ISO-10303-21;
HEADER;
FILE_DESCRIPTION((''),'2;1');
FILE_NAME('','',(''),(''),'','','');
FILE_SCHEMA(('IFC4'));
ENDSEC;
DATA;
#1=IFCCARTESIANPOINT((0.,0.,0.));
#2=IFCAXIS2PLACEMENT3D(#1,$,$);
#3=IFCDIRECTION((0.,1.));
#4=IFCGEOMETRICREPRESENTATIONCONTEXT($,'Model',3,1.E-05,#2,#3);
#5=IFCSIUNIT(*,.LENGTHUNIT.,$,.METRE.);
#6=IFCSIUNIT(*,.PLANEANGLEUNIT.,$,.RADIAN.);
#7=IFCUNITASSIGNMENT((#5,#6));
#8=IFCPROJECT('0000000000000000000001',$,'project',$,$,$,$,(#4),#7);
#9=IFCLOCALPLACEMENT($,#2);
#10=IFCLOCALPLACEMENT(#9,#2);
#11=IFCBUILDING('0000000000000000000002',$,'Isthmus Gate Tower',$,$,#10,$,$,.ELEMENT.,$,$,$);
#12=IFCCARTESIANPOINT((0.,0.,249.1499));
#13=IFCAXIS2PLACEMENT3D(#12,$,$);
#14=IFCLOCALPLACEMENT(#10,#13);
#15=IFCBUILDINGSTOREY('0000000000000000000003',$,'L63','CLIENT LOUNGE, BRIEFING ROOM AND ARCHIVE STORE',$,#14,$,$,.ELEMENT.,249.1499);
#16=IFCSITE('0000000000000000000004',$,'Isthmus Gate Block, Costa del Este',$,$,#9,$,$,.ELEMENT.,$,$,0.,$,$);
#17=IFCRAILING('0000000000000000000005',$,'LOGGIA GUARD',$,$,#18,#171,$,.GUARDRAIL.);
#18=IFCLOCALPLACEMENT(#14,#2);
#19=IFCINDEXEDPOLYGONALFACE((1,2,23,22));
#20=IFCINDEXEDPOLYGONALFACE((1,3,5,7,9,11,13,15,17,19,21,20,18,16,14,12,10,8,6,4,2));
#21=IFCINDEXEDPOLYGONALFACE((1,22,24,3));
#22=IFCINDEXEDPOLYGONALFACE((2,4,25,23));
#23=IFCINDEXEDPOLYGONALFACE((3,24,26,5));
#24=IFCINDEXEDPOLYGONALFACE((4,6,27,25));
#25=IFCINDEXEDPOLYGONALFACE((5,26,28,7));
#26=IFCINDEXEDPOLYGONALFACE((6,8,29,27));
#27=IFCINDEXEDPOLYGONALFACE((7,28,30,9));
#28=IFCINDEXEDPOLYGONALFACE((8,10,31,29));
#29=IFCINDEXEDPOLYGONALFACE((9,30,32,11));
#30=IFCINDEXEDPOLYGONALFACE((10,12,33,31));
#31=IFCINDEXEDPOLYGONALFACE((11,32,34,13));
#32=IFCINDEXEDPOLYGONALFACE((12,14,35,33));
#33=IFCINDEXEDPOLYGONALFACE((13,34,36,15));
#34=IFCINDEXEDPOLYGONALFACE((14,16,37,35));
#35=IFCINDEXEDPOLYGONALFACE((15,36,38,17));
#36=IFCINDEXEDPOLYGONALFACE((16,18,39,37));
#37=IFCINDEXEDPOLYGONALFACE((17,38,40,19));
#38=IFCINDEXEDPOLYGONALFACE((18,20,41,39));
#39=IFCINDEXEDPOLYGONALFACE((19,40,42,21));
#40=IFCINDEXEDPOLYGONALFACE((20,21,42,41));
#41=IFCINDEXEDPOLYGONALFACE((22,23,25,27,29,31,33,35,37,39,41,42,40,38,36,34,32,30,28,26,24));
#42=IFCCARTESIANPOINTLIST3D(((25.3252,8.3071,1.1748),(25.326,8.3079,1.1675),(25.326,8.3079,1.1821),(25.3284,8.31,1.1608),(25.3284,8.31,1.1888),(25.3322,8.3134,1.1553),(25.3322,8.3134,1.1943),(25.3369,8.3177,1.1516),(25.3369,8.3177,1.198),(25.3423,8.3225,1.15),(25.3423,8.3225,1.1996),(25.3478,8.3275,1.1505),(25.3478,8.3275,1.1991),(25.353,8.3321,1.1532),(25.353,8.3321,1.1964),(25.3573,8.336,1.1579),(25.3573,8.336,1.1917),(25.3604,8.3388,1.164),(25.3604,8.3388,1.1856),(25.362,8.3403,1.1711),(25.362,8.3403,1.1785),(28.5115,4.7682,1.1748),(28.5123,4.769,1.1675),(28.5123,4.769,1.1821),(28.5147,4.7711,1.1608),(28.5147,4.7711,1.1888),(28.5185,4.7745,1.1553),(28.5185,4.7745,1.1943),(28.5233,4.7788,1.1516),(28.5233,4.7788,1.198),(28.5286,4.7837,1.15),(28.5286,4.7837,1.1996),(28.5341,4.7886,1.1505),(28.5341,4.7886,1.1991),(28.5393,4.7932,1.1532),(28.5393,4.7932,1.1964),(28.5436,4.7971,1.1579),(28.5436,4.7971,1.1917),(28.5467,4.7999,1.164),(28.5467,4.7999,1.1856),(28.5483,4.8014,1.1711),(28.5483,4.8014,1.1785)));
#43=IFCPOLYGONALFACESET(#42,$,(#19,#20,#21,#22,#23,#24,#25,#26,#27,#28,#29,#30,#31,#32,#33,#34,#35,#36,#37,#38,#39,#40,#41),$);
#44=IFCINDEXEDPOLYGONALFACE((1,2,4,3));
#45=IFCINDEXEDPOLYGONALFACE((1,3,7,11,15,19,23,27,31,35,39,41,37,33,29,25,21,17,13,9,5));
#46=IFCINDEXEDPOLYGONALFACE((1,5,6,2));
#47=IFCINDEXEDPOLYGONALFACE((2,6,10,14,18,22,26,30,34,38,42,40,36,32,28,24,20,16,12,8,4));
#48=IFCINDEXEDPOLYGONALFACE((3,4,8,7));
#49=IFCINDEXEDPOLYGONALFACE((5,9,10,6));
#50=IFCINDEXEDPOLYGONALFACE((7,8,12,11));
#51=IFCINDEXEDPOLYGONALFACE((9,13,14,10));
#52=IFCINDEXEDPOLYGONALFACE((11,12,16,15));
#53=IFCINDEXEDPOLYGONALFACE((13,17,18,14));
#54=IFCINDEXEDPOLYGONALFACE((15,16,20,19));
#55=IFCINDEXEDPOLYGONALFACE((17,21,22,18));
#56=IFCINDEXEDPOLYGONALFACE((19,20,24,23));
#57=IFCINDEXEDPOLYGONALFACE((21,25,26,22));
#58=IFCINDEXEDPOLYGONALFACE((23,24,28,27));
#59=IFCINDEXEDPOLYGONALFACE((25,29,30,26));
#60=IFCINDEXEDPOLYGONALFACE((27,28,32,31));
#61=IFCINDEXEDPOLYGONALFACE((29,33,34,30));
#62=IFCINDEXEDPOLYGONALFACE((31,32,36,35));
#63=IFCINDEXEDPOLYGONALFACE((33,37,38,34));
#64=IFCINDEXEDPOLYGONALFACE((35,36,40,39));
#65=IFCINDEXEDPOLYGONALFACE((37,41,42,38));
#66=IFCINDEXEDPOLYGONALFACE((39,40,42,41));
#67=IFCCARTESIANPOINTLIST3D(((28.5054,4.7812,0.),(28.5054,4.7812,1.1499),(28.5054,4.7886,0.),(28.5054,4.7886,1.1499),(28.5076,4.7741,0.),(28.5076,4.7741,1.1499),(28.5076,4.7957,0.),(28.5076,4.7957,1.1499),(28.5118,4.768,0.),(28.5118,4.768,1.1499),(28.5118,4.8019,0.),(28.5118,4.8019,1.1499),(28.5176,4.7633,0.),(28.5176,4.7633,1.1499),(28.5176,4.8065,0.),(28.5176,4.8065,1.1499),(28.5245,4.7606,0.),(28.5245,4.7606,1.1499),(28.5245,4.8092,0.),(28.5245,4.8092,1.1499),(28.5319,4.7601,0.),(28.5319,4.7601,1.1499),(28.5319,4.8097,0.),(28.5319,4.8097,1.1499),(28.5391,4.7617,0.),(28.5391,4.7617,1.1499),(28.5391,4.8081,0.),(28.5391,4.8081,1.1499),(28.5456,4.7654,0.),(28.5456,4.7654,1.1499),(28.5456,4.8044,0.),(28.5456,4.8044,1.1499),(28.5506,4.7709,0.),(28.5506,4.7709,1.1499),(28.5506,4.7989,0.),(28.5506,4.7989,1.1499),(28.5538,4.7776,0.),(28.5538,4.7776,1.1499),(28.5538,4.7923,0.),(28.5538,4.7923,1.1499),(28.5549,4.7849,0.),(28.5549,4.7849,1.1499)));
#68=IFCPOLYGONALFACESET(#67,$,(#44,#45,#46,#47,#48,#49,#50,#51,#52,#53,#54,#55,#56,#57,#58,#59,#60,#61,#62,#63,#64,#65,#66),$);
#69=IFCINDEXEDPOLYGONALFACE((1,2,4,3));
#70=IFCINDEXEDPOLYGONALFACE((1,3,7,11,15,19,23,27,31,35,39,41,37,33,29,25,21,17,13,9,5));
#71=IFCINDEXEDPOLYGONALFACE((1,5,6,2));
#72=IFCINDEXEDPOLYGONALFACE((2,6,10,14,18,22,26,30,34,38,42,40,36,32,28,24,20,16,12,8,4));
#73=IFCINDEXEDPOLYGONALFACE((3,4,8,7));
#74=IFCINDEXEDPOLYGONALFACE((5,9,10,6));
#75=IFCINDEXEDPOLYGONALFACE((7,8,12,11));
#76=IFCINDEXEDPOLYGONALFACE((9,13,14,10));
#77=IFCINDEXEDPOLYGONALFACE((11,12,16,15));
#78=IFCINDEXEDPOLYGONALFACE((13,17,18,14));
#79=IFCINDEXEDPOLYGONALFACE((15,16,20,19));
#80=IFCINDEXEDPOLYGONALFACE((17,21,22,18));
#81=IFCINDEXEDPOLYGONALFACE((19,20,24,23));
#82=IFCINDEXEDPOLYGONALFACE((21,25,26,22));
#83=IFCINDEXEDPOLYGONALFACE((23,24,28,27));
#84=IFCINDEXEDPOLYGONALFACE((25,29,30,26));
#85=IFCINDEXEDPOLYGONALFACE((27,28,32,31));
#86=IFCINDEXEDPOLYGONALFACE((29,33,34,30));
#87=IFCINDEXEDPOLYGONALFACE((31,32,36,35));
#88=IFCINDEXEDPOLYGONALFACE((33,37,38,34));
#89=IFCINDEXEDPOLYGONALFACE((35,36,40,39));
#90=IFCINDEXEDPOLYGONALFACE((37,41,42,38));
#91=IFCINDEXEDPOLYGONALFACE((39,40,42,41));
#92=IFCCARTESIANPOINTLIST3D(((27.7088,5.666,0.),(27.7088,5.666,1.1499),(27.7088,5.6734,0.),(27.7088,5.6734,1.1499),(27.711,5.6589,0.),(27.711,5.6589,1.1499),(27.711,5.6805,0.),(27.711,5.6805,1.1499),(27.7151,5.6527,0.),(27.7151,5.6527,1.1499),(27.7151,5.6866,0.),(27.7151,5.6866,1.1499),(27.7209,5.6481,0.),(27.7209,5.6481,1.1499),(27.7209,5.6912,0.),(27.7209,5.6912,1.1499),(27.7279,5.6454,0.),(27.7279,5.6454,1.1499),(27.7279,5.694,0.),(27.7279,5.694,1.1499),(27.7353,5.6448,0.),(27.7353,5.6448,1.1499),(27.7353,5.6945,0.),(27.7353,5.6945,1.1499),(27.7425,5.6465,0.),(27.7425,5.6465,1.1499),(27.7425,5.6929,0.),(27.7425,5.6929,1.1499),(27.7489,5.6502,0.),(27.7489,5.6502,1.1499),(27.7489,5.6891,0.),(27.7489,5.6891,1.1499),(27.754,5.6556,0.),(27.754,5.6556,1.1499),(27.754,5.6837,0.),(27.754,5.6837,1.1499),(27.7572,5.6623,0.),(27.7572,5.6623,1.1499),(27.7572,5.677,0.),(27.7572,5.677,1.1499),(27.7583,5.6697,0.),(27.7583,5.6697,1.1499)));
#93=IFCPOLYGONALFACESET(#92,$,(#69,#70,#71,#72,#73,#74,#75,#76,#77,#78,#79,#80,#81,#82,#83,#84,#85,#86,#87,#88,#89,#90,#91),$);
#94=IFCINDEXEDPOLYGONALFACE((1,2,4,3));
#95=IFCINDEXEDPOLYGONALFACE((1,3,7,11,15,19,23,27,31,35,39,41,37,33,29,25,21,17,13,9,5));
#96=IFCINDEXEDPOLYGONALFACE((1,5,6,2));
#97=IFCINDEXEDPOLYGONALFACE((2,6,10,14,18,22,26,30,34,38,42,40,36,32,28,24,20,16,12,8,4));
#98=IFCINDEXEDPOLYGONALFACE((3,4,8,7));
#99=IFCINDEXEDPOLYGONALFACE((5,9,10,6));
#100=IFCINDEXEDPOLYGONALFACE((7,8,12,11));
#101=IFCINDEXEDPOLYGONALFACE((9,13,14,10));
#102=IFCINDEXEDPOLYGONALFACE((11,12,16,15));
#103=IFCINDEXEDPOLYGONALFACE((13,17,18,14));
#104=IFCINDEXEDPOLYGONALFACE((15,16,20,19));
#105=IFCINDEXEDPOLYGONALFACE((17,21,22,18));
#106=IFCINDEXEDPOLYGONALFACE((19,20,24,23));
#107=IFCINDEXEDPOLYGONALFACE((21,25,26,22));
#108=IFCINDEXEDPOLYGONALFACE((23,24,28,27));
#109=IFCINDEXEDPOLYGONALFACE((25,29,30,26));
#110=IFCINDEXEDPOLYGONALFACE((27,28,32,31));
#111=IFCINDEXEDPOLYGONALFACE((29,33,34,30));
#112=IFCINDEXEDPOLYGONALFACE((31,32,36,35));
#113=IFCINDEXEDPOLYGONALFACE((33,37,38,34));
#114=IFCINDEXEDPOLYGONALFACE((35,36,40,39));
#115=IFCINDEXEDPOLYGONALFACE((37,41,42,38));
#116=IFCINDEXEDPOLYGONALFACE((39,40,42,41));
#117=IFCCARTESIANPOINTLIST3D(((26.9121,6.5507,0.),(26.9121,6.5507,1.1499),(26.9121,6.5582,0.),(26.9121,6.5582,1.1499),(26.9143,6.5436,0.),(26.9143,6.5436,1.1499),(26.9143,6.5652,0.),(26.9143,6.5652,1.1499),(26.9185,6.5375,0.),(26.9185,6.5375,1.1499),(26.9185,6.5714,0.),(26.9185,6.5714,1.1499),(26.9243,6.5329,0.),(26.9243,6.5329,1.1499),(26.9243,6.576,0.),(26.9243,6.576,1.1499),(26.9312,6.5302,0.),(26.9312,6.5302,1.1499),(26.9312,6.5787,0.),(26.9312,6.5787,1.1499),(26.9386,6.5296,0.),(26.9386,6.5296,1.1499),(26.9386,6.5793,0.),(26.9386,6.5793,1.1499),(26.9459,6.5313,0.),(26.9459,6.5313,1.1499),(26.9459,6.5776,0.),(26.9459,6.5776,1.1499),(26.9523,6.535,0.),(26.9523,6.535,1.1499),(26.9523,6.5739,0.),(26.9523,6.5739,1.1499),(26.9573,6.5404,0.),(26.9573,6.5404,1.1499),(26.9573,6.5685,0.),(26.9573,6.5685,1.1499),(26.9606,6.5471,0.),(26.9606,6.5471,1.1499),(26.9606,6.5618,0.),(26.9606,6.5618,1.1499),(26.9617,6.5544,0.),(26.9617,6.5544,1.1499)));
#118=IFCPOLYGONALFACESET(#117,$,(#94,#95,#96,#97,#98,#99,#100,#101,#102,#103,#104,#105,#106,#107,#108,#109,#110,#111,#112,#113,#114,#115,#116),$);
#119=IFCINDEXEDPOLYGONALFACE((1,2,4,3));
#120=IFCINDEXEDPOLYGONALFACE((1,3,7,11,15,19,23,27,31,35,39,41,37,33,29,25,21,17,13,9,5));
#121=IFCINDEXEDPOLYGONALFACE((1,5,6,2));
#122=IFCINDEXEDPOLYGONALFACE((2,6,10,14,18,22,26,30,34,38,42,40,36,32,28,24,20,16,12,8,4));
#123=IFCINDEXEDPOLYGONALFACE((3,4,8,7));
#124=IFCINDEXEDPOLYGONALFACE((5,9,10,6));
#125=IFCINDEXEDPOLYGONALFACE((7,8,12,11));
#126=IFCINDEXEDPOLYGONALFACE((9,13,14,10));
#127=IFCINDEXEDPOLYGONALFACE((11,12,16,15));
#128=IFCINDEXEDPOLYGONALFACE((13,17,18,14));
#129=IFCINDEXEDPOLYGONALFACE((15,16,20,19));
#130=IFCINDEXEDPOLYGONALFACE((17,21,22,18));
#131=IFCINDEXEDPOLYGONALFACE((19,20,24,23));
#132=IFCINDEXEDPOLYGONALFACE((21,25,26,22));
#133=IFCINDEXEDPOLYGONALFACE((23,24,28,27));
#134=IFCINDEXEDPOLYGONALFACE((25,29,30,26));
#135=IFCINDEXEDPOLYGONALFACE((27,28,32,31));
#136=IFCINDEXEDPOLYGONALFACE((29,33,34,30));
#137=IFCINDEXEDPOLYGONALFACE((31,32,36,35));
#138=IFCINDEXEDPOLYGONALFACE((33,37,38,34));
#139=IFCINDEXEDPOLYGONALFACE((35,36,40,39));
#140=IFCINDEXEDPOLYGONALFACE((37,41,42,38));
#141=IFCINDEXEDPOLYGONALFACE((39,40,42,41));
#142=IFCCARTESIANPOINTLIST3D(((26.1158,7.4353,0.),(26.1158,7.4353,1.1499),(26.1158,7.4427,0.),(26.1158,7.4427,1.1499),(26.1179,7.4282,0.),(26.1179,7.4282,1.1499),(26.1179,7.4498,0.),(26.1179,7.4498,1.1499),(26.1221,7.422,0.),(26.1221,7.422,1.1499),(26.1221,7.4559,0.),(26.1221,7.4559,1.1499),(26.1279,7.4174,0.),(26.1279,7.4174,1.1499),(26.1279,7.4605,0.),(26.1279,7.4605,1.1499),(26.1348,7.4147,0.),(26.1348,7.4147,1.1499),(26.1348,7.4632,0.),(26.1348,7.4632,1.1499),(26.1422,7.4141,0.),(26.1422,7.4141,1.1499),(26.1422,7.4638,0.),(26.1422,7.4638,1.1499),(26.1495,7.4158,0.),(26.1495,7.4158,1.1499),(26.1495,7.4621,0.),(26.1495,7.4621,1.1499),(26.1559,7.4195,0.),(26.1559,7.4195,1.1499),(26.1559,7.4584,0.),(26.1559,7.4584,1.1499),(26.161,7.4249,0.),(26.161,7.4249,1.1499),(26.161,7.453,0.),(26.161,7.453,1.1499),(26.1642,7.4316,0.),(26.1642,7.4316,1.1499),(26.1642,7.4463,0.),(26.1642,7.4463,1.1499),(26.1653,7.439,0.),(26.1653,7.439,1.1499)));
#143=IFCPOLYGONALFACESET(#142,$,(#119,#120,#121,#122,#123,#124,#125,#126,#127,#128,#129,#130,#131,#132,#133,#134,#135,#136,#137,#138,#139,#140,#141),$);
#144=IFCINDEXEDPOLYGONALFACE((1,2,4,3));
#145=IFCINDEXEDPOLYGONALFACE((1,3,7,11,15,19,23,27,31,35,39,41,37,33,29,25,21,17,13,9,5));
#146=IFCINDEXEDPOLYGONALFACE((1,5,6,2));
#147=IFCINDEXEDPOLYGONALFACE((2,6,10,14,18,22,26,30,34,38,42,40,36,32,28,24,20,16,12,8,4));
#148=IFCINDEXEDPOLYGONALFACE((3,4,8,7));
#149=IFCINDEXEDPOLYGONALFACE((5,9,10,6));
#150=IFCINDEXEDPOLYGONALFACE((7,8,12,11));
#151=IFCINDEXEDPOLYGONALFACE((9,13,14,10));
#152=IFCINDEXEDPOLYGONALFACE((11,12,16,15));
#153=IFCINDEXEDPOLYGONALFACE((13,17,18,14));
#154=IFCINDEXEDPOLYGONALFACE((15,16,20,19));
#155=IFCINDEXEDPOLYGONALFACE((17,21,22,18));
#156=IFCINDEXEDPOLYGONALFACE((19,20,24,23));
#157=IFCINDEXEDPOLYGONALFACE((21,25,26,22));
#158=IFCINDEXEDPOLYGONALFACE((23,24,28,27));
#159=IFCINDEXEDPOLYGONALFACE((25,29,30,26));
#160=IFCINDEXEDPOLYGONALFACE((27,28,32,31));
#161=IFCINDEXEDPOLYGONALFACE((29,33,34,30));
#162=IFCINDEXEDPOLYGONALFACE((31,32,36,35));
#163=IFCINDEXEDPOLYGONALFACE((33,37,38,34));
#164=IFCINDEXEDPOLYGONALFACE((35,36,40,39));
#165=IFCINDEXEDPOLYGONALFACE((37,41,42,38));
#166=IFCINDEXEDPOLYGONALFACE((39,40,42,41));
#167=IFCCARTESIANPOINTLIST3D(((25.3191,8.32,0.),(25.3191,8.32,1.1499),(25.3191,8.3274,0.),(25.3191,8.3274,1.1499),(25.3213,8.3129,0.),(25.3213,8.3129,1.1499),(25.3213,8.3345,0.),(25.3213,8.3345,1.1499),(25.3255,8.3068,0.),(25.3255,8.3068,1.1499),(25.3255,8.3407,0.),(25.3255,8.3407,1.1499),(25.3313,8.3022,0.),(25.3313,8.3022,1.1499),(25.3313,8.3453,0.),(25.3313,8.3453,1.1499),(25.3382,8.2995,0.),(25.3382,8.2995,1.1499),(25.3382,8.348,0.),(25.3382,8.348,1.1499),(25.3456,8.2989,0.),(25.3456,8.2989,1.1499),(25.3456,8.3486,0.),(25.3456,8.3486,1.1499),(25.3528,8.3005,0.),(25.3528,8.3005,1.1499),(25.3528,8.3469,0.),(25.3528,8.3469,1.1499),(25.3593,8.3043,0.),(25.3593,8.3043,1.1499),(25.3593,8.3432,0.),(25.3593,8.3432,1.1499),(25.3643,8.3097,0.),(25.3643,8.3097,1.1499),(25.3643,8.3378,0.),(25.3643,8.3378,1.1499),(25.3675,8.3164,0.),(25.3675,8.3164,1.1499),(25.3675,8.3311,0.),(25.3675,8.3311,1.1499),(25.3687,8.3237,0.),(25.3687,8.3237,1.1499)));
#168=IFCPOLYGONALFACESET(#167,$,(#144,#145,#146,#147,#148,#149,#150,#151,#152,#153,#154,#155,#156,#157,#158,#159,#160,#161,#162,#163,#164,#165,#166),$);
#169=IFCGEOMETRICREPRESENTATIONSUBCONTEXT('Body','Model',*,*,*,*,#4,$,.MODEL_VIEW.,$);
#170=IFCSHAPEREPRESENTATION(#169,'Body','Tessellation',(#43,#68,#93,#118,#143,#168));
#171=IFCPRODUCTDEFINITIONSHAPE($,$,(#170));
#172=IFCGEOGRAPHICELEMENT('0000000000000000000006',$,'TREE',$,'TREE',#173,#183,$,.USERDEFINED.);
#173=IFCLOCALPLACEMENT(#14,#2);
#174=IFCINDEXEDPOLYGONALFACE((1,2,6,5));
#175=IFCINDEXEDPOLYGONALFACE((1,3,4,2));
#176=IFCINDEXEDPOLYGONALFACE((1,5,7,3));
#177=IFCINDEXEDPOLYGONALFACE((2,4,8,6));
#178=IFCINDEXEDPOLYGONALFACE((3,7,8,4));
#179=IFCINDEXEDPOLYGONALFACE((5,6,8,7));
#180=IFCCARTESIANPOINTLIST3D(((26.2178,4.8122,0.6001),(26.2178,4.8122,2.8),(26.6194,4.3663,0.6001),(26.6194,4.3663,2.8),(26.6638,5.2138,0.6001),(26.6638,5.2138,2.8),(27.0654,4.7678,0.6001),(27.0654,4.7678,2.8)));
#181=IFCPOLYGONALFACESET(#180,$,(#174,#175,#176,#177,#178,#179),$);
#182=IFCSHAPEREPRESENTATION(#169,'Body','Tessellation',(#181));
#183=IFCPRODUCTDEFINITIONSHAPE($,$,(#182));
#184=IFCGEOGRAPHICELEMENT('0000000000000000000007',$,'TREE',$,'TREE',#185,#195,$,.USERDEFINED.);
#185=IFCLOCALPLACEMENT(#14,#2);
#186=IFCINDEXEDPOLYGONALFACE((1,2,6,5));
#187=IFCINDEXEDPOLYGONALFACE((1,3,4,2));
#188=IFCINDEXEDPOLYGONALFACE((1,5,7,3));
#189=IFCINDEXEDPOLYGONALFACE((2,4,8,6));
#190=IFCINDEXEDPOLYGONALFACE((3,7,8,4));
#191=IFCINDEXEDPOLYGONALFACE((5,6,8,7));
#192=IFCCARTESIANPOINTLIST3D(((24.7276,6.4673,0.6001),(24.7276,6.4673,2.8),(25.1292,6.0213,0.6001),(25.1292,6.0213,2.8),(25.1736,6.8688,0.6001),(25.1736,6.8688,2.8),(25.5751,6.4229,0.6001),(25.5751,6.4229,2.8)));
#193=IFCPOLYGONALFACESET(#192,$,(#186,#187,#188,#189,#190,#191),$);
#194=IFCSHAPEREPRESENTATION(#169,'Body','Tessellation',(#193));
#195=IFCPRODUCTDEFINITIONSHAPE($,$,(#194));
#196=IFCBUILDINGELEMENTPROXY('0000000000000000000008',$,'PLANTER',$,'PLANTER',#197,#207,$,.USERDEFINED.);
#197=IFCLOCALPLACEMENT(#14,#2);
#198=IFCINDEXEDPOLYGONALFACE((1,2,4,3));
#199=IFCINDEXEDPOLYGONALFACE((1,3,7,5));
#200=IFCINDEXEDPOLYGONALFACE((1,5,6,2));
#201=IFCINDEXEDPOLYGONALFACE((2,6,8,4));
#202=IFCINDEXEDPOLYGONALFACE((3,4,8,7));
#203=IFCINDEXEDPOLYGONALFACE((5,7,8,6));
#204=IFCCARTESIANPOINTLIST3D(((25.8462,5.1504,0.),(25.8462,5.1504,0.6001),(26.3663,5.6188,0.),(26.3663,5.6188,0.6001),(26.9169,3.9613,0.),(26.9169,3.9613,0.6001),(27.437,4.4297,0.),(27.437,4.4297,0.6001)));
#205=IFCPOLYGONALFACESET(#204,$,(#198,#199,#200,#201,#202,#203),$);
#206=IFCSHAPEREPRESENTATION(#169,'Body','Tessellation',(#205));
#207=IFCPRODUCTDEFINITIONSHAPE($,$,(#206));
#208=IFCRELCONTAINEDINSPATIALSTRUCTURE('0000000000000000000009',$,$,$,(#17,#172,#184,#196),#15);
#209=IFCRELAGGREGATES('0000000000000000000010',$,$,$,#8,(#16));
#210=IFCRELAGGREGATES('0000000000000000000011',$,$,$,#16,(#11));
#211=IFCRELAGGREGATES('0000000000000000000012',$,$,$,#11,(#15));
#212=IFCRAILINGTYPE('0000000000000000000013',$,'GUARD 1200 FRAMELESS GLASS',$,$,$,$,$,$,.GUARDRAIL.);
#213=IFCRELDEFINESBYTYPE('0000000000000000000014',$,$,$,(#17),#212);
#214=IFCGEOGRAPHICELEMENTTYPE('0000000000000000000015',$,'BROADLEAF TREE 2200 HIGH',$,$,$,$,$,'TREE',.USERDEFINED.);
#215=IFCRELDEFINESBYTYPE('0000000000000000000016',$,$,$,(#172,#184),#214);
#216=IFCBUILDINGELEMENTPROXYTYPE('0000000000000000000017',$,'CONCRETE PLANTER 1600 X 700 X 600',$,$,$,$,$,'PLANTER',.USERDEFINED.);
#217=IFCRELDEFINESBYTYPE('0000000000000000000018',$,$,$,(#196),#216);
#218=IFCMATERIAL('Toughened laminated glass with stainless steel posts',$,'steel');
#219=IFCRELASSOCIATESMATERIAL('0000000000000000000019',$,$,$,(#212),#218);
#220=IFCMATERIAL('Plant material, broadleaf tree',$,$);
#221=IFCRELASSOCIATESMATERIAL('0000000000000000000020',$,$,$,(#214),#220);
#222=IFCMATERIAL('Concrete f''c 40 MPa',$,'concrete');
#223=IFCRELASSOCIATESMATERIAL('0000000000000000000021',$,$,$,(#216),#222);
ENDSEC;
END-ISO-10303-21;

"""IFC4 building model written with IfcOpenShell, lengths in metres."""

from ifc_helpers import new_model, si_unit, direction, frame, origin, origin_2d, place, context, subcontext, project, spatial, rectangle, circle, extrude, material, type_object, element, save


model = new_model("IFC4")

# Units and contexts
model_context = context("Model", 3, precision=1e-05, world=origin(), true_north=direction((0.0, 1.0)))
body_context = subcontext(model_context, "Body", "Model", "MODEL_VIEW")
ifc_project = project(units=[si_unit("LENGTHUNIT", "METRE"), si_unit("PLANEANGLEUNIT", "RADIAN")], contexts=[model_context])

# Site, building, storey
site_placement = place(None, origin())
site = spatial("IfcSite", under=ifc_project, at=site_placement, Name="Isthmus Gate Block, Costa del Este", CompositionType="ELEMENT", RefElevation=0.0)
building_placement = place(site_placement, origin())
building = spatial("IfcBuilding", under=site, at=building_placement, Name="Isthmus Gate Tower", CompositionType="ELEMENT")
storey_placement = place(building_placement, frame((0.0, 0.0, 249.1499)))
storey = spatial("IfcBuildingStorey", under=building, at=storey_placement, Name="L63", Description="CLIENT LOUNGE, BRIEFING ROOM AND ARCHIVE STORE", CompositionType="ELEMENT", Elevation=249.1499)

# Railing
ifc_material_1 = material(Name="Toughened laminated glass with stainless steel posts", Category="steel")
railing_type = type_object("IfcRailingType", Name="GUARD 1200 FRAMELESS GLASS", PredefinedType="GUARDRAIL", material=ifc_material_1)
railing_placement = place(storey_placement, frame((28.53, 4.7849, 0.0)))
element("IfcRailing", 1, at=railing_placement, inside=storey, type_object=railing_type, Name="LOGGIA GUARD", PredefinedType="GUARDRAIL", context=body_context, shape_type="SweptSolid", body=[
    extrude(circle(Radius=0.0249, at=origin_2d()), frame((0.0, 0.0, 1.1748), z_axis=(-0.669121, 0.743154, 0.0), x_axis=(-0.743154, -0.669121, 0.0)), (0.0, 0.0, 1.0), 4.762),
    extrude(circle(Radius=0.0249, at=origin_2d()), origin(), (0.0, 0.0, 1.0), 1.1499),
    extrude(circle(Radius=0.0249, at=origin_2d()), frame((-0.7966, 0.8848, 0.0)), (0.0, 0.0, 1.0), 1.1499),
    extrude(circle(Radius=0.0249, at=origin_2d()), frame((-1.5933, 1.7695, 0.0)), (0.0, 0.0, 1.0), 1.1499),
    extrude(circle(Radius=0.0249, at=origin_2d()), frame((-2.3896, 2.6541, 0.0)), (0.0, 0.0, 1.0), 1.1499),
    extrude(circle(Radius=0.0249, at=origin_2d()), frame((-3.1863, 3.5388, 0.0)), (0.0, 0.0, 1.0), 1.1499),
])

# Geographic elements
ifc_material_2 = material(Name="Plant material, broadleaf tree")
geographic_element_type = type_object("IfcGeographicElementType", Name="BROADLEAF TREE 2200 HIGH", ElementType="TREE", PredefinedType="USERDEFINED", material=ifc_material_2)
for number, where, z_axis, x_axis, name in (
    (2, (26.6416, 4.79, 0.6001), (0.0, 0.0, 1.0), (-0.669131, 0.743145, 0.0), "TREE"),
    (3, (25.1514, 6.4451, 0.6001), (0.0, 0.0, 1.0), (-0.669131, 0.743145, 0.0), "TREE"),
):
    element("IfcGeographicElement", number, at=place(storey_placement, frame(where, z_axis=z_axis, x_axis=x_axis)), inside=storey, type_object=geographic_element_type, Name=name, ObjectType="TREE", PredefinedType="USERDEFINED", context=body_context, shape_type="SweptSolid", body=[
        extrude(rectangle(XDim=0.6001, YDim=0.6001, at=origin_2d()), origin(), (0.0, 0.0, 1.0), 2.2),
    ])

# Building element proxy
ifc_material_3 = material(Name="Concrete f'c 40 MPa", Category="concrete")
building_element_proxy_type = type_object("IfcBuildingElementProxyType", Name="CONCRETE PLANTER 1600 X 700 X 600", ElementType="PLANTER", PredefinedType="USERDEFINED", material=ifc_material_3)
for number, where, z_axis, x_axis, name in (
    (4, (26.6416, 4.79, 0.0), (0.0, 0.0, 1.0), (-0.669131, 0.743145, 0.0), "PLANTER"),
):
    element("IfcBuildingElementProxy", number, at=place(storey_placement, frame(where, z_axis=z_axis, x_axis=x_axis)), inside=storey, type_object=building_element_proxy_type, Name=name, ObjectType="PLANTER", PredefinedType="USERDEFINED", context=body_context, shape_type="SweptSolid", body=[
        extrude(rectangle(XDim=1.6001, YDim=0.7, at=origin_2d()), origin(), (0.0, 0.0, 1.0), 0.6001),
    ])

save(model, "model.ifc")
